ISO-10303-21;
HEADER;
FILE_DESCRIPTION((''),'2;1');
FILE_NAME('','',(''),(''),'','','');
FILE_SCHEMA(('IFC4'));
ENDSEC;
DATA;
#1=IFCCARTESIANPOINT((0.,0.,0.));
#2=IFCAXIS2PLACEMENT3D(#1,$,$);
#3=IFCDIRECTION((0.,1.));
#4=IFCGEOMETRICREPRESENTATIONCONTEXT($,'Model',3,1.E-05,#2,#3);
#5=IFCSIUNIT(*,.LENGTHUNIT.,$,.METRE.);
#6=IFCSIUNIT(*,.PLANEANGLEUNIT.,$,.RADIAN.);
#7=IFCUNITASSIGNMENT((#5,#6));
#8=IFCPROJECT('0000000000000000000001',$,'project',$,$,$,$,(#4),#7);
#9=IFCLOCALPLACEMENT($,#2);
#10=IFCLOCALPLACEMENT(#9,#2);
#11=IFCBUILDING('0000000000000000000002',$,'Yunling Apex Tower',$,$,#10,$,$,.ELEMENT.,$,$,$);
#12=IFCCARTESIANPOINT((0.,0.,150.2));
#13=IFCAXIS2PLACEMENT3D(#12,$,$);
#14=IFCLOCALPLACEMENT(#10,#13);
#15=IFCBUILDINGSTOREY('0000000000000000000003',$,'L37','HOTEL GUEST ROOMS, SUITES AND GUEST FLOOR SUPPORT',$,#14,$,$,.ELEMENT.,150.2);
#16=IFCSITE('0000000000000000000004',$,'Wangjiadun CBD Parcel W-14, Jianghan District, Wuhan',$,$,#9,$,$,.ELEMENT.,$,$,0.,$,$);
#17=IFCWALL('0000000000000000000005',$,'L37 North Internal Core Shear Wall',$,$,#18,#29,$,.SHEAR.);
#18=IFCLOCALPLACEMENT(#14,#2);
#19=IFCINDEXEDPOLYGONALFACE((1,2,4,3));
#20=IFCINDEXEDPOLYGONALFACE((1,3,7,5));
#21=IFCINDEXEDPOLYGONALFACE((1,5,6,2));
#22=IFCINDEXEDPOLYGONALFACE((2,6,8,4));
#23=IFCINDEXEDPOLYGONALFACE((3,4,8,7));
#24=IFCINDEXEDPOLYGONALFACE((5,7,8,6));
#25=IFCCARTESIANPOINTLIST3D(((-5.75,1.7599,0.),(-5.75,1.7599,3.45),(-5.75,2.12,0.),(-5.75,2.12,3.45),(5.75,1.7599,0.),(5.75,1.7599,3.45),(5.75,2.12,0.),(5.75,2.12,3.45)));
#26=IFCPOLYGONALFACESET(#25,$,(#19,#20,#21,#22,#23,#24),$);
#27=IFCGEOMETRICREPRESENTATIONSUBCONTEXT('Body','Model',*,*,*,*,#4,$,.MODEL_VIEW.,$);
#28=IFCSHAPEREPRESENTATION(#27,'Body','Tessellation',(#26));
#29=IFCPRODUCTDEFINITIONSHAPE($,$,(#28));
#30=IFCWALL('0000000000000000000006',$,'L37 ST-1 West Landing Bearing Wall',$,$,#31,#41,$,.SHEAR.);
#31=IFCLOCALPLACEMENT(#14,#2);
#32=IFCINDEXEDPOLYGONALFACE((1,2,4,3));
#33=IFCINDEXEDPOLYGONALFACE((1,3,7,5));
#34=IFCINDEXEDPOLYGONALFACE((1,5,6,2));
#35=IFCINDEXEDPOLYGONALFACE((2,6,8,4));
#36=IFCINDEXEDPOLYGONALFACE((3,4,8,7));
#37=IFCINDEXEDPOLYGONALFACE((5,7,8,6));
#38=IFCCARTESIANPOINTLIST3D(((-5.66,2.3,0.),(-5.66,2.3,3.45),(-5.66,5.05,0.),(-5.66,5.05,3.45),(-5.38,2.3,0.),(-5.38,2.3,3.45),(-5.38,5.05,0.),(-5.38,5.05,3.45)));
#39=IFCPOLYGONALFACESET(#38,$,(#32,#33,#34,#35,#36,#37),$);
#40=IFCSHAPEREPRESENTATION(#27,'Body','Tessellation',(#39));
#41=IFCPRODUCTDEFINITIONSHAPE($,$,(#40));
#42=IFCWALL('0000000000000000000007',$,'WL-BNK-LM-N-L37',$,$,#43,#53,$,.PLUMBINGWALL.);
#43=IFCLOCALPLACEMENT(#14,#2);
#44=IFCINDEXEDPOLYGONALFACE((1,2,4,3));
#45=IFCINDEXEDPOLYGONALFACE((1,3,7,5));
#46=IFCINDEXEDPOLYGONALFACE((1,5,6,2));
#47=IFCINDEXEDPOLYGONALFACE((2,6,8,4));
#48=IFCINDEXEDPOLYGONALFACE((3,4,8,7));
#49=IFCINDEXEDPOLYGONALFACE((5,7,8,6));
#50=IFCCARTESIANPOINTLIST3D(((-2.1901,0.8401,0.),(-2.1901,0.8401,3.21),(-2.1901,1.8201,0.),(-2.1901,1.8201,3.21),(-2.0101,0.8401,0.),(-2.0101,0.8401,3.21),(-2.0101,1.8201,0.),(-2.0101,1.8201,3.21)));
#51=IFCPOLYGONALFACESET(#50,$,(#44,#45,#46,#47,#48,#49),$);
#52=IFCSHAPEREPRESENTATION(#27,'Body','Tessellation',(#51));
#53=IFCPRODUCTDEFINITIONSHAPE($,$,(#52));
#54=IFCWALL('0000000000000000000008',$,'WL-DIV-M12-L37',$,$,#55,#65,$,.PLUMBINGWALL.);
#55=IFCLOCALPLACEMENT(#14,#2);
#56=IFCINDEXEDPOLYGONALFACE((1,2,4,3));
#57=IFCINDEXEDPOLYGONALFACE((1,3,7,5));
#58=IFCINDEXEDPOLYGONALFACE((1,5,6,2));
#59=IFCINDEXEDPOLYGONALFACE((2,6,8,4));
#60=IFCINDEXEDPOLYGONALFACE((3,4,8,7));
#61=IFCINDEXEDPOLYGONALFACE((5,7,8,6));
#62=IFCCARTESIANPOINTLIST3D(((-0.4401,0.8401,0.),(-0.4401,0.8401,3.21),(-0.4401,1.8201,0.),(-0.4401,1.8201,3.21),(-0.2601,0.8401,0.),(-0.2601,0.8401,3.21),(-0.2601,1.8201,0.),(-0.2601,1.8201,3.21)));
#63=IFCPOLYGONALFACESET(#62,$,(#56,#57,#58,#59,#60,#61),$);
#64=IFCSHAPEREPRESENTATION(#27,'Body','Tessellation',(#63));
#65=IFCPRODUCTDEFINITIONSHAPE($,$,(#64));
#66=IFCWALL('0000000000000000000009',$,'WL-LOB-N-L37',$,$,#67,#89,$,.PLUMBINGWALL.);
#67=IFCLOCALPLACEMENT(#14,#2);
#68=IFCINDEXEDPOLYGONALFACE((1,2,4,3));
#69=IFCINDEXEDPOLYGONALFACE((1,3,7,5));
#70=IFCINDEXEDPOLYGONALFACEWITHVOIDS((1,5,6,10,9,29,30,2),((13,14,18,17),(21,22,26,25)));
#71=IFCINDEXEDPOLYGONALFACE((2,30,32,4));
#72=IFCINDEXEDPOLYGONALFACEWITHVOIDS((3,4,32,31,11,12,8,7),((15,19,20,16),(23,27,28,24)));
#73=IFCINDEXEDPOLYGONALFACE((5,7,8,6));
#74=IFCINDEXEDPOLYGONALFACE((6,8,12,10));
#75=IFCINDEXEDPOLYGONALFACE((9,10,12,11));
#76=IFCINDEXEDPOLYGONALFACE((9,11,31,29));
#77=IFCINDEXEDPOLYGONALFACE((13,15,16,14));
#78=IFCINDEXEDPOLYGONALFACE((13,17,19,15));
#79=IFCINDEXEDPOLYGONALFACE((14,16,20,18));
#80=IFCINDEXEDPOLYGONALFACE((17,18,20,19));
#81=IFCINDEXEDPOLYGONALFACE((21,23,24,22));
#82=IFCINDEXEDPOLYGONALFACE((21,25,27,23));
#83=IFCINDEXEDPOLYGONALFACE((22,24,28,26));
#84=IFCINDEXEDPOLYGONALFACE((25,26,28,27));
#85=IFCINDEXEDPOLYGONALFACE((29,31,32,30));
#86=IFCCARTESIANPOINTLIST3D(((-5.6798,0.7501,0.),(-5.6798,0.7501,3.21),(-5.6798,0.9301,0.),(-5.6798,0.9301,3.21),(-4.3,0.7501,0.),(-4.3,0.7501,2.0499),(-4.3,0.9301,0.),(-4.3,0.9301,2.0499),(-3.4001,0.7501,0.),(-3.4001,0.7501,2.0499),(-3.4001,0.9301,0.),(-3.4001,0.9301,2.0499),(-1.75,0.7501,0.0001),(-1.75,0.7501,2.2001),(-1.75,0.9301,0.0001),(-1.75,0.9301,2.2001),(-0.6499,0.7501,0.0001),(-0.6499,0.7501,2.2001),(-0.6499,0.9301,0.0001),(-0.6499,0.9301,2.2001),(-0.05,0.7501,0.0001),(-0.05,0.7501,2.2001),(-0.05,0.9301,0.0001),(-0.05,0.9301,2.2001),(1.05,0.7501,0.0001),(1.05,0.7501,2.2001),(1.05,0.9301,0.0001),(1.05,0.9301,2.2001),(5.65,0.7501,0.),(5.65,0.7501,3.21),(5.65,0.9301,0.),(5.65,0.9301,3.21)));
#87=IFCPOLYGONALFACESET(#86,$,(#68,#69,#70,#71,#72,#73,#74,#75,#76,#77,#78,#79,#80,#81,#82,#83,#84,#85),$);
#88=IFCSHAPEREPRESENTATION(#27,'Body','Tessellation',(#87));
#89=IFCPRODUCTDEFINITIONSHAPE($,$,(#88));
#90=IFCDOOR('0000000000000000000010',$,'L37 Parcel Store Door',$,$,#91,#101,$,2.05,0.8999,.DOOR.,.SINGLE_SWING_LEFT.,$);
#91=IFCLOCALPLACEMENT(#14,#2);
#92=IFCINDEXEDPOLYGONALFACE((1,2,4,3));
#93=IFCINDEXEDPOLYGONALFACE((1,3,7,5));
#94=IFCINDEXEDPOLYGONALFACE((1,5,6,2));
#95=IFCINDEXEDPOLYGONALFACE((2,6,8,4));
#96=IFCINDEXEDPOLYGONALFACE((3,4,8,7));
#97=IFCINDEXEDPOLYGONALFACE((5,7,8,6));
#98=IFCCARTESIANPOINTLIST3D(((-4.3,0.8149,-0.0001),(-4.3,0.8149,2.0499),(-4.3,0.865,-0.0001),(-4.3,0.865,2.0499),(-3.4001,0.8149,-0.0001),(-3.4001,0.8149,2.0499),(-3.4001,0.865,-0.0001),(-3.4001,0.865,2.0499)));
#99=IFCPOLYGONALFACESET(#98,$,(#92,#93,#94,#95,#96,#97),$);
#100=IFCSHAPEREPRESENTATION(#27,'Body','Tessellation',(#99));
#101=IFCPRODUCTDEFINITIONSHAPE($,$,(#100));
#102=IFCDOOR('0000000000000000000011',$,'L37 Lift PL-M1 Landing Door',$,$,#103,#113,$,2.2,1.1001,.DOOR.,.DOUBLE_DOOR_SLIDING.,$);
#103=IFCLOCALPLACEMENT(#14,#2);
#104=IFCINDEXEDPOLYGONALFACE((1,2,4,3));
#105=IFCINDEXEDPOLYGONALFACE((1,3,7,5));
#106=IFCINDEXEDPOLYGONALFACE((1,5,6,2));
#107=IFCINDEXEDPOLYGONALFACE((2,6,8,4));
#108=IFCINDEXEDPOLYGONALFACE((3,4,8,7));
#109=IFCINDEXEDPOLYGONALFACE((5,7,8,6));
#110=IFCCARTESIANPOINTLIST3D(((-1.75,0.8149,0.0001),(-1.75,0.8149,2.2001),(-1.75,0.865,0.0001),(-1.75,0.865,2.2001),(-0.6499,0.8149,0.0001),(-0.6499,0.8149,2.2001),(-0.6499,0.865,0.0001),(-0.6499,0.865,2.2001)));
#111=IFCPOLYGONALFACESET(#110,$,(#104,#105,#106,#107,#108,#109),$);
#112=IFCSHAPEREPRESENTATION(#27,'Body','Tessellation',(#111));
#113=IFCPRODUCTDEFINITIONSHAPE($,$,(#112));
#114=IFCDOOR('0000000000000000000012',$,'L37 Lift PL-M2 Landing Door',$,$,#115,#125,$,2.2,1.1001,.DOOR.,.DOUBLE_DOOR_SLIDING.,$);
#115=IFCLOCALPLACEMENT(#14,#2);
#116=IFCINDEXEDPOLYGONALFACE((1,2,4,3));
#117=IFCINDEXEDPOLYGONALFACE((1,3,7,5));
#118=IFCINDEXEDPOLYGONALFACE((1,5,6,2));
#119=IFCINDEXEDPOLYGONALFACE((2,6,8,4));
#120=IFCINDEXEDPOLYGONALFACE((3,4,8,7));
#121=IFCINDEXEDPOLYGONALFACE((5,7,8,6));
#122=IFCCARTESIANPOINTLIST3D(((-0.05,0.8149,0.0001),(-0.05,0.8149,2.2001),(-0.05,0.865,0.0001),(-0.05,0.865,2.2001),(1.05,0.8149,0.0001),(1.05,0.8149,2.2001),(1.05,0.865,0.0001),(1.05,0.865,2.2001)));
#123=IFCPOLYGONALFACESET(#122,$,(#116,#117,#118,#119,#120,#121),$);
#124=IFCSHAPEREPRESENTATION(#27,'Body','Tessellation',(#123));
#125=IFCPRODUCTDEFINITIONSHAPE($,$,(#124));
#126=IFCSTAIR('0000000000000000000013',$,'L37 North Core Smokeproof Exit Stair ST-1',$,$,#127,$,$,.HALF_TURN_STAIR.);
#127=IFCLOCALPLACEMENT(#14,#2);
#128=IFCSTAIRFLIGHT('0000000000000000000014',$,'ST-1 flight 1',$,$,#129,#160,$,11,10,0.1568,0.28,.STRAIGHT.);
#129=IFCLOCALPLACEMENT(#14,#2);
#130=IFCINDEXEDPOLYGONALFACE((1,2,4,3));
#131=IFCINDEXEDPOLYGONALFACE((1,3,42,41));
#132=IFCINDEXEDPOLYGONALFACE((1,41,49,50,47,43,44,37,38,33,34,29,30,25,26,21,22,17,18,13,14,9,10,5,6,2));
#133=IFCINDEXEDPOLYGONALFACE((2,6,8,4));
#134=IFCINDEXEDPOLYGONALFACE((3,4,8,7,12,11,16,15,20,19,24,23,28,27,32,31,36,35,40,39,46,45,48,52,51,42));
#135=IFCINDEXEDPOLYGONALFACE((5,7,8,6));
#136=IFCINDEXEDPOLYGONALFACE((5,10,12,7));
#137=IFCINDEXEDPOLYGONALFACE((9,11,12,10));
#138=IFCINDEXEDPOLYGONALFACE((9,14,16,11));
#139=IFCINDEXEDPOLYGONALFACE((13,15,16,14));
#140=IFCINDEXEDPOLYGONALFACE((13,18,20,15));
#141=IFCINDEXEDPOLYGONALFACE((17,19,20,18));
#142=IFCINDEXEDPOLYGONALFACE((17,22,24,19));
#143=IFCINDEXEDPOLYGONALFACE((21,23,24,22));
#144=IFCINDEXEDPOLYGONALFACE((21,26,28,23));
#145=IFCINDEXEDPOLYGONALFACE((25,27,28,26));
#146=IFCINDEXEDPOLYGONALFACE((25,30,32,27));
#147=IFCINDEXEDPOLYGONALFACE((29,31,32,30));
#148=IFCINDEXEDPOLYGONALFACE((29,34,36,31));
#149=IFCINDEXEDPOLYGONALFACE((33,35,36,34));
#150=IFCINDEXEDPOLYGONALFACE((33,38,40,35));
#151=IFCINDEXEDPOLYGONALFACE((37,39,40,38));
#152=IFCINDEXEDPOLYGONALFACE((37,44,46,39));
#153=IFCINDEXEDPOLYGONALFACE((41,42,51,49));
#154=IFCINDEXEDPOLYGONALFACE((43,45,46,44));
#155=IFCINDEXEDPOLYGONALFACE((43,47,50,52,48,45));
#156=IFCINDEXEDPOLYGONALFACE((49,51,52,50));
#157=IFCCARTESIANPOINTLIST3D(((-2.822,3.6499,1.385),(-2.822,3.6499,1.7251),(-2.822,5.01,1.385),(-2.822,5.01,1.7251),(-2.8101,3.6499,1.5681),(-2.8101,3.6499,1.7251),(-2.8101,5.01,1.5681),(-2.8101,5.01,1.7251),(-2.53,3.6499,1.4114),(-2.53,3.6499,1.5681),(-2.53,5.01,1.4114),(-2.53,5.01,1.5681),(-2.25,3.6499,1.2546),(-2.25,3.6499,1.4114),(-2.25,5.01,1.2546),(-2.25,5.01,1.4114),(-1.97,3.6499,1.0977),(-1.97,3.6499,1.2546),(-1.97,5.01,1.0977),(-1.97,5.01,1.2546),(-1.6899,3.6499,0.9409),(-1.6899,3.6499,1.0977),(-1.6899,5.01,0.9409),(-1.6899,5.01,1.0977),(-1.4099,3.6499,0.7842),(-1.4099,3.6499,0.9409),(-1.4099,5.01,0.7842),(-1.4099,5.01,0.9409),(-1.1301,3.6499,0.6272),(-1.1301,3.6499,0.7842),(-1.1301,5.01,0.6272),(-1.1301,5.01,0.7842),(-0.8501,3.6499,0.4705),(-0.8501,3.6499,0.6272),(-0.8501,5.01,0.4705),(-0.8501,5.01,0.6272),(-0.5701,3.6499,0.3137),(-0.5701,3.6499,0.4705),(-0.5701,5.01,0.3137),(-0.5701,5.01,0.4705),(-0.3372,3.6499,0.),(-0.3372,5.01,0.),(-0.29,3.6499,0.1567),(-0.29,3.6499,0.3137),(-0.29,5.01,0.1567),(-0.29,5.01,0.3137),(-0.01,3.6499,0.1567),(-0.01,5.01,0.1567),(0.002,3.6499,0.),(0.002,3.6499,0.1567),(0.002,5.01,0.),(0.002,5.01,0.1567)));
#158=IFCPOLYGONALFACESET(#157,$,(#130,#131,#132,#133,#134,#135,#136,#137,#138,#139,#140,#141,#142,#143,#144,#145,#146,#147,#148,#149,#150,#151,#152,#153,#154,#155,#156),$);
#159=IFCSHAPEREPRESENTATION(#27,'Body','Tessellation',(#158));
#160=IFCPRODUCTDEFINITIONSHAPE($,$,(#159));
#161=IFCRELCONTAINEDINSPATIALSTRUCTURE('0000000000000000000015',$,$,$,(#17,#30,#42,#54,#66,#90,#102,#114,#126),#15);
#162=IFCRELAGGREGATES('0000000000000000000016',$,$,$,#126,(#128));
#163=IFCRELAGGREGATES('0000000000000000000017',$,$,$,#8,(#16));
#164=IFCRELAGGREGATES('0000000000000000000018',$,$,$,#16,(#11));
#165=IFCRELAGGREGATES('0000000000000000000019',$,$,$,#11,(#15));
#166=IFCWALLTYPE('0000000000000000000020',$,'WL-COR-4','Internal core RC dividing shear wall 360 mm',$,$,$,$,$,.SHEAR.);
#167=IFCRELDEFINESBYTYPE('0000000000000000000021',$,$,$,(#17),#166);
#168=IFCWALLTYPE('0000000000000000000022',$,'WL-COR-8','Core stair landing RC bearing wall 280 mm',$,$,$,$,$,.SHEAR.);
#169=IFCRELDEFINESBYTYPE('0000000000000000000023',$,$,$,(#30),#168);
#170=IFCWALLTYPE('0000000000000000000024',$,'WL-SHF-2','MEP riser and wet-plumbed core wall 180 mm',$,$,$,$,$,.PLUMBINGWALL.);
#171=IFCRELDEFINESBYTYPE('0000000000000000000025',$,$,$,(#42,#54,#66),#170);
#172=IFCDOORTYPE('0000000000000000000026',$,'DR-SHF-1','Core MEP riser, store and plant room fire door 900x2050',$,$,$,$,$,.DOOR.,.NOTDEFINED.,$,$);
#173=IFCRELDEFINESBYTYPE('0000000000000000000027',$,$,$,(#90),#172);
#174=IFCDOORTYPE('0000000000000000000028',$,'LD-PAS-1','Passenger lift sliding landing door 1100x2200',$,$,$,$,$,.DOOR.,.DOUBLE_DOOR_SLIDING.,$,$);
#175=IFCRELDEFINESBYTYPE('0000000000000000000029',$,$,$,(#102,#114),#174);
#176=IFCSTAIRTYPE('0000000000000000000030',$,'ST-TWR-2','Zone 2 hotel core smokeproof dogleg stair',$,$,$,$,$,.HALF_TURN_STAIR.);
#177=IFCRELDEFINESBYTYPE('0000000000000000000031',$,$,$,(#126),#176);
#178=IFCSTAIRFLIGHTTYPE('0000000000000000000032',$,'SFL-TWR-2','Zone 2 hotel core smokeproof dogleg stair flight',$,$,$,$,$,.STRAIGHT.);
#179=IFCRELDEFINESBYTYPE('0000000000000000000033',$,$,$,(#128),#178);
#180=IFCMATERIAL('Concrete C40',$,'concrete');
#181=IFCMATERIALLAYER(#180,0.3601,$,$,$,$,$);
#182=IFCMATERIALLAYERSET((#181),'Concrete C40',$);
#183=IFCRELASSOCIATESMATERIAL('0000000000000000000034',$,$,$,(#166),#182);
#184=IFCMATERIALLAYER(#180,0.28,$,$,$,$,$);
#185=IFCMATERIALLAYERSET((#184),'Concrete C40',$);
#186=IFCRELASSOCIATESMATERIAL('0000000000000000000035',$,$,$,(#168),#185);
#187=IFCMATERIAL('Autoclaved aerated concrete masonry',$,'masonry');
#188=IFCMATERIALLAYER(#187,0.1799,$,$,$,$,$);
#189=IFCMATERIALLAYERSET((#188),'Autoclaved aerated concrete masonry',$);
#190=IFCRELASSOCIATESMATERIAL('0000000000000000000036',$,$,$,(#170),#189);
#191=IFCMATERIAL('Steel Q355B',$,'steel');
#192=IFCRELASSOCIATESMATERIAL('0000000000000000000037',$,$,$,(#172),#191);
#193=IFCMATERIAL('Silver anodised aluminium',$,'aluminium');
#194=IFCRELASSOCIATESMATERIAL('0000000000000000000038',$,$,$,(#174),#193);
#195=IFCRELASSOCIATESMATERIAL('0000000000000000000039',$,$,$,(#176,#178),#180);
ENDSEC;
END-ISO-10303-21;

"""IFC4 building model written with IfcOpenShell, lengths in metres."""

from ifc_helpers import new_model, si_unit, direction, frame, frame_2d, origin, place, context, subcontext, project, spatial, polyline, rectangle, outline, extrude, material, layer, layer_set, type_object, element, fill, aggregate, save


model = new_model("IFC4")

# Units and contexts
model_context = context("Model", 3, precision=1e-05, world=origin(), true_north=direction((0.0, 1.0)))
body_context = subcontext(model_context, "Body", "Model", "MODEL_VIEW")
ifc_project = project(units=[si_unit("LENGTHUNIT", "METRE"), si_unit("PLANEANGLEUNIT", "RADIAN")], contexts=[model_context])

# Site, building, storey
site_placement = place(None, origin())
site = spatial("IfcSite", under=ifc_project, at=site_placement, Name="Wangjiadun CBD Parcel W-14, Jianghan District, Wuhan", CompositionType="ELEMENT", RefElevation=0.0)
building_placement = place(site_placement, origin())
building = spatial("IfcBuilding", under=site, at=building_placement, Name="Yunling Apex Tower", CompositionType="ELEMENT")
storey_placement = place(building_placement, frame((0.0, 0.0, 150.2)))
storey = spatial("IfcBuildingStorey", under=building, at=storey_placement, Name="L37", Description="HOTEL GUEST ROOMS, SUITES AND GUEST FLOOR SUPPORT", CompositionType="ELEMENT", Elevation=150.2)

# Shared definitions
ifc_material_1 = material(Name="Steel Q355B", Category="steel")

# Walls
ifc_material_2 = material(Name="Concrete C40", Category="concrete")
ifc_layer_1 = layer(ifc_material_2, 0.3601)
ifc_layer_set_1 = layer_set([ifc_layer_1], Name="Concrete C40")
wall_type_1 = type_object("IfcWallType", Name="WL-COR-4", Description="Internal core RC dividing shear wall 360 mm", PredefinedType="SHEAR", material=ifc_layer_set_1)
wall_1_placement = place(storey_placement, frame((-5.75, 1.9399, 0.0), z_axis=(0.0, 0.0, 1.0), x_axis=(1.0, 0.0, 0.0)))
element("IfcWall", 1, at=wall_1_placement, inside=storey, type_object=wall_type_1, Name="L37 North Internal Core Shear Wall", PredefinedType="SHEAR", context=body_context, shape_type="SweptSolid", body=[
    extrude(rectangle(XDim=11.5, YDim=0.3601, at=frame_2d((5.75, 0.0))), origin(), (0.0, 0.0, 1.0), 3.45),
])
ifc_layer_2 = layer(ifc_material_2, 0.28)
ifc_layer_set_2 = layer_set([ifc_layer_2], Name="Concrete C40")
wall_type_2 = type_object("IfcWallType", Name="WL-COR-8", Description="Core stair landing RC bearing wall 280 mm", PredefinedType="SHEAR", material=ifc_layer_set_2)
wall_2_placement = place(storey_placement, frame((-5.52, 2.3, 0.0), z_axis=(0.0, 0.0, 1.0), x_axis=(0.0, 1.0, 0.0)))
element("IfcWall", 2, at=wall_2_placement, inside=storey, type_object=wall_type_2, Name="L37 ST-1 West Landing Bearing Wall", PredefinedType="SHEAR", context=body_context, shape_type="SweptSolid", body=[
    extrude(rectangle(XDim=2.75, YDim=0.28, at=frame_2d((1.375, 0.0))), origin(), (0.0, 0.0, 1.0), 3.45),
])
ifc_material_3 = material(Name="Autoclaved aerated concrete masonry", Category="masonry")
ifc_layer_3 = layer(ifc_material_3, 0.1799)
ifc_layer_set_3 = layer_set([ifc_layer_3], Name="Autoclaved aerated concrete masonry")
wall_type_3 = type_object("IfcWallType", Name="WL-SHF-2", Description="MEP riser and wet-plumbed core wall 180 mm", PredefinedType="PLUMBINGWALL", material=ifc_layer_set_3)
for number, where, z_axis, x_axis, name in (
    (3, (-2.1001, 0.8401, 0.0), (0.0, 0.0, 1.0), (0.0, 1.0, 0.0), "WL-BNK-LM-N-L37"),
    (4, (-0.3501, 0.8401, 0.0), (0.0, 0.0, 1.0), (0.0, 1.0, 0.0), "WL-DIV-M12-L37"),
):
    element("IfcWall", number, at=place(storey_placement, frame(where, z_axis=z_axis, x_axis=x_axis)), inside=storey, type_object=wall_type_3, Name=name, PredefinedType="PLUMBINGWALL", context=body_context, shape_type="SweptSolid", body=[
        extrude(rectangle(XDim=0.98, YDim=0.1799, at=frame_2d((0.49, 0.0))), origin(), (0.0, 0.0, 1.0), 3.21),
    ])

# Wall, openings, doors
wall_3_placement = place(storey_placement, frame((-5.6799, 0.8401, 0.0), z_axis=(0.0, 0.0, 1.0), x_axis=(1.0, 0.0, 0.0)))
wall_3 = element("IfcWall", 5, at=wall_3_placement, inside=storey, type_object=wall_type_3, Name="WL-LOB-N-L37", PredefinedType="PLUMBINGWALL", context=body_context, shape_type="SweptSolid", body=[
    extrude(rectangle(XDim=11.3298, YDim=0.1799, at=frame_2d((5.665, 0.0))), origin(), (0.0, 0.0, 1.0), 3.21),
])
opening_1_placement = place(wall_3_placement, frame((1.3799, 0.0, 0.0)))
opening_1 = element("IfcOpeningElement", 6, at=opening_1_placement, cuts=wall_3, PredefinedType="OPENING", context=body_context, shape_type="SweptSolid", body=[
    extrude(rectangle(XDim=0.8999, YDim=2.05, at=frame_2d((0.45, 1.0249))), frame((0.0, 0.1001, 0.0), z_axis=(0.0, -1.0, 0.0), x_axis=(1.0, 0.0, 0.0)), (0.0, 0.0, 1.0), 0.2),
])
opening_2_placement = place(wall_3_placement, frame((3.9299, 0.0, 0.0)))
opening_2 = element("IfcOpeningElement", 7, at=opening_2_placement, cuts=wall_3, PredefinedType="OPENING", context=body_context, shape_type="SweptSolid", body=[
    extrude(rectangle(XDim=1.1001, YDim=2.2, at=frame_2d((0.55, 1.1001))), frame((0.0, 0.1001, 0.0), z_axis=(0.0, -1.0, 0.0), x_axis=(1.0, 0.0, 0.0)), (0.0, 0.0, 1.0), 0.2),
])
opening_3_placement = place(wall_3_placement, frame((5.6299, 0.0, 0.0)))
opening_3 = element("IfcOpeningElement", 8, at=opening_3_placement, cuts=wall_3, PredefinedType="OPENING", context=body_context, shape_type="SweptSolid", body=[
    extrude(rectangle(XDim=1.1001, YDim=2.2, at=frame_2d((0.55, 1.1001))), frame((0.0, 0.1001, 0.0), z_axis=(0.0, -1.0, 0.0), x_axis=(1.0, 0.0, 0.0)), (0.0, 0.0, 1.0), 0.2),
])
door_type_1 = type_object("IfcDoorType", Name="DR-SHF-1", Description="Core MEP riser, store and plant room fire door 900x2050", OperationType="NOTDEFINED", PredefinedType="DOOR", material=ifc_material_1)
door_1_placement = place(opening_1_placement, origin())
door_1 = element("IfcDoor", 9, at=door_1_placement, inside=storey, type_object=door_type_1, Name="L37 Parcel Store Door", OperationType="SINGLE_SWING_LEFT", OverallHeight=2.05, OverallWidth=0.8999, PredefinedType="DOOR", context=body_context, shape_type="SweptSolid", body=[
    extrude(rectangle(XDim=0.8999, YDim=2.05, at=frame_2d((0.45, 1.0249))), frame((0.0, 0.0249, 0.0), z_axis=(0.0, -1.0, 0.0), x_axis=(1.0, 0.0, 0.0)), (0.0, 0.0, 1.0), 0.05),
])
fill(opening_1, door_1)
ifc_material_4 = material(Name="Silver anodised aluminium", Category="aluminium")
door_type_2 = type_object("IfcDoorType", Name="LD-PAS-1", Description="Passenger lift sliding landing door 1100x2200", OperationType="DOUBLE_DOOR_SLIDING", PredefinedType="DOOR", material=ifc_material_4)
door_2_placement = place(opening_2_placement, origin())
door_2 = element("IfcDoor", 10, at=door_2_placement, inside=storey, type_object=door_type_2, Name="L37 Lift PL-M1 Landing Door", OperationType="DOUBLE_DOOR_SLIDING", OverallHeight=2.2, OverallWidth=1.1001, PredefinedType="DOOR", context=body_context, shape_type="SweptSolid", body=[
    extrude(rectangle(XDim=1.1001, YDim=2.2, at=frame_2d((0.55, 1.1001))), frame((0.0, 0.0249, 0.0), z_axis=(0.0, -1.0, 0.0), x_axis=(1.0, 0.0, 0.0)), (0.0, 0.0, 1.0), 0.05),
])
fill(opening_2, door_2)
door_3_placement = place(opening_3_placement, origin())
door_3 = element("IfcDoor", 11, at=door_3_placement, inside=storey, type_object=door_type_2, Name="L37 Lift PL-M2 Landing Door", OperationType="DOUBLE_DOOR_SLIDING", OverallHeight=2.2, OverallWidth=1.1001, PredefinedType="DOOR", context=body_context, shape_type="SweptSolid", body=[
    extrude(rectangle(XDim=1.1001, YDim=2.2, at=frame_2d((0.55, 1.1001))), frame((0.0, 0.0249, 0.0), z_axis=(0.0, -1.0, 0.0), x_axis=(1.0, 0.0, 0.0)), (0.0, 0.0, 1.0), 0.05),
])
fill(opening_3, door_3)

# Stair, stair flight
stair_type = type_object("IfcStairType", Name="ST-TWR-2", Description="Zone 2 hotel core smokeproof dogleg stair", PredefinedType="HALF_TURN_STAIR", material=ifc_material_2)
stair_placement = place(storey_placement, origin())
stair = element("IfcStair", 12, at=stair_placement, inside=storey, type_object=stair_type, Name="L37 North Core Smokeproof Exit Stair ST-1", PredefinedType="HALF_TURN_STAIR")
stair_flight_type = type_object("IfcStairFlightType", Name="SFL-TWR-2", Description="Zone 2 hotel core smokeproof dogleg stair flight", PredefinedType="STRAIGHT", material=ifc_material_2)
stair_flight_1_placement = place(storey_placement, frame((-0.01, 4.3301, 0.0), z_axis=(0.0, 0.0, 1.0), x_axis=(-1.0, 0.0, 0.0)))
stair_flight_1 = element("IfcStairFlight", 13, at=stair_flight_1_placement, type_object=stair_flight_type, Name="ST-1 flight 1", NumberOfRisers=11, NumberOfTreads=10, PredefinedType="STRAIGHT", RiserHeight=0.1568, TreadLength=0.28, context=body_context, shape_type="SweptSolid", body=[
    extrude(outline(polyline([(-0.012, 0.0), (-0.012, 0.1567), (0.0, 0.1567), (0.28, 0.1567), (0.28, 0.3137), (0.5601, 0.3137), (0.5601, 0.4705), (0.8401, 0.4705), (0.8401, 0.6272), (1.1201, 0.6272), (1.1201, 0.7842), (1.3999, 0.7842), (1.3999, 0.9409), (1.6799, 0.9409), (1.6799, 1.0977), (1.96, 1.0977), (1.96, 1.2546), (2.24, 1.2546), (2.24, 1.4114), (2.52, 1.4114), (2.52, 1.5681), (2.8, 1.5681), (2.8, 1.7251), (2.812, 1.7251), (2.812, 1.385), (0.3271, 0.0), (-0.012, 0.0)])), frame((0.0, 0.6802, 0.0), z_axis=(0.0, -1.0, 0.0), x_axis=(1.0, 0.0, 0.0)), (0.0, 0.0, 1.0), 1.3601),
])
aggregate(stair, [stair_flight_1])

save(model, "model.ifc")
